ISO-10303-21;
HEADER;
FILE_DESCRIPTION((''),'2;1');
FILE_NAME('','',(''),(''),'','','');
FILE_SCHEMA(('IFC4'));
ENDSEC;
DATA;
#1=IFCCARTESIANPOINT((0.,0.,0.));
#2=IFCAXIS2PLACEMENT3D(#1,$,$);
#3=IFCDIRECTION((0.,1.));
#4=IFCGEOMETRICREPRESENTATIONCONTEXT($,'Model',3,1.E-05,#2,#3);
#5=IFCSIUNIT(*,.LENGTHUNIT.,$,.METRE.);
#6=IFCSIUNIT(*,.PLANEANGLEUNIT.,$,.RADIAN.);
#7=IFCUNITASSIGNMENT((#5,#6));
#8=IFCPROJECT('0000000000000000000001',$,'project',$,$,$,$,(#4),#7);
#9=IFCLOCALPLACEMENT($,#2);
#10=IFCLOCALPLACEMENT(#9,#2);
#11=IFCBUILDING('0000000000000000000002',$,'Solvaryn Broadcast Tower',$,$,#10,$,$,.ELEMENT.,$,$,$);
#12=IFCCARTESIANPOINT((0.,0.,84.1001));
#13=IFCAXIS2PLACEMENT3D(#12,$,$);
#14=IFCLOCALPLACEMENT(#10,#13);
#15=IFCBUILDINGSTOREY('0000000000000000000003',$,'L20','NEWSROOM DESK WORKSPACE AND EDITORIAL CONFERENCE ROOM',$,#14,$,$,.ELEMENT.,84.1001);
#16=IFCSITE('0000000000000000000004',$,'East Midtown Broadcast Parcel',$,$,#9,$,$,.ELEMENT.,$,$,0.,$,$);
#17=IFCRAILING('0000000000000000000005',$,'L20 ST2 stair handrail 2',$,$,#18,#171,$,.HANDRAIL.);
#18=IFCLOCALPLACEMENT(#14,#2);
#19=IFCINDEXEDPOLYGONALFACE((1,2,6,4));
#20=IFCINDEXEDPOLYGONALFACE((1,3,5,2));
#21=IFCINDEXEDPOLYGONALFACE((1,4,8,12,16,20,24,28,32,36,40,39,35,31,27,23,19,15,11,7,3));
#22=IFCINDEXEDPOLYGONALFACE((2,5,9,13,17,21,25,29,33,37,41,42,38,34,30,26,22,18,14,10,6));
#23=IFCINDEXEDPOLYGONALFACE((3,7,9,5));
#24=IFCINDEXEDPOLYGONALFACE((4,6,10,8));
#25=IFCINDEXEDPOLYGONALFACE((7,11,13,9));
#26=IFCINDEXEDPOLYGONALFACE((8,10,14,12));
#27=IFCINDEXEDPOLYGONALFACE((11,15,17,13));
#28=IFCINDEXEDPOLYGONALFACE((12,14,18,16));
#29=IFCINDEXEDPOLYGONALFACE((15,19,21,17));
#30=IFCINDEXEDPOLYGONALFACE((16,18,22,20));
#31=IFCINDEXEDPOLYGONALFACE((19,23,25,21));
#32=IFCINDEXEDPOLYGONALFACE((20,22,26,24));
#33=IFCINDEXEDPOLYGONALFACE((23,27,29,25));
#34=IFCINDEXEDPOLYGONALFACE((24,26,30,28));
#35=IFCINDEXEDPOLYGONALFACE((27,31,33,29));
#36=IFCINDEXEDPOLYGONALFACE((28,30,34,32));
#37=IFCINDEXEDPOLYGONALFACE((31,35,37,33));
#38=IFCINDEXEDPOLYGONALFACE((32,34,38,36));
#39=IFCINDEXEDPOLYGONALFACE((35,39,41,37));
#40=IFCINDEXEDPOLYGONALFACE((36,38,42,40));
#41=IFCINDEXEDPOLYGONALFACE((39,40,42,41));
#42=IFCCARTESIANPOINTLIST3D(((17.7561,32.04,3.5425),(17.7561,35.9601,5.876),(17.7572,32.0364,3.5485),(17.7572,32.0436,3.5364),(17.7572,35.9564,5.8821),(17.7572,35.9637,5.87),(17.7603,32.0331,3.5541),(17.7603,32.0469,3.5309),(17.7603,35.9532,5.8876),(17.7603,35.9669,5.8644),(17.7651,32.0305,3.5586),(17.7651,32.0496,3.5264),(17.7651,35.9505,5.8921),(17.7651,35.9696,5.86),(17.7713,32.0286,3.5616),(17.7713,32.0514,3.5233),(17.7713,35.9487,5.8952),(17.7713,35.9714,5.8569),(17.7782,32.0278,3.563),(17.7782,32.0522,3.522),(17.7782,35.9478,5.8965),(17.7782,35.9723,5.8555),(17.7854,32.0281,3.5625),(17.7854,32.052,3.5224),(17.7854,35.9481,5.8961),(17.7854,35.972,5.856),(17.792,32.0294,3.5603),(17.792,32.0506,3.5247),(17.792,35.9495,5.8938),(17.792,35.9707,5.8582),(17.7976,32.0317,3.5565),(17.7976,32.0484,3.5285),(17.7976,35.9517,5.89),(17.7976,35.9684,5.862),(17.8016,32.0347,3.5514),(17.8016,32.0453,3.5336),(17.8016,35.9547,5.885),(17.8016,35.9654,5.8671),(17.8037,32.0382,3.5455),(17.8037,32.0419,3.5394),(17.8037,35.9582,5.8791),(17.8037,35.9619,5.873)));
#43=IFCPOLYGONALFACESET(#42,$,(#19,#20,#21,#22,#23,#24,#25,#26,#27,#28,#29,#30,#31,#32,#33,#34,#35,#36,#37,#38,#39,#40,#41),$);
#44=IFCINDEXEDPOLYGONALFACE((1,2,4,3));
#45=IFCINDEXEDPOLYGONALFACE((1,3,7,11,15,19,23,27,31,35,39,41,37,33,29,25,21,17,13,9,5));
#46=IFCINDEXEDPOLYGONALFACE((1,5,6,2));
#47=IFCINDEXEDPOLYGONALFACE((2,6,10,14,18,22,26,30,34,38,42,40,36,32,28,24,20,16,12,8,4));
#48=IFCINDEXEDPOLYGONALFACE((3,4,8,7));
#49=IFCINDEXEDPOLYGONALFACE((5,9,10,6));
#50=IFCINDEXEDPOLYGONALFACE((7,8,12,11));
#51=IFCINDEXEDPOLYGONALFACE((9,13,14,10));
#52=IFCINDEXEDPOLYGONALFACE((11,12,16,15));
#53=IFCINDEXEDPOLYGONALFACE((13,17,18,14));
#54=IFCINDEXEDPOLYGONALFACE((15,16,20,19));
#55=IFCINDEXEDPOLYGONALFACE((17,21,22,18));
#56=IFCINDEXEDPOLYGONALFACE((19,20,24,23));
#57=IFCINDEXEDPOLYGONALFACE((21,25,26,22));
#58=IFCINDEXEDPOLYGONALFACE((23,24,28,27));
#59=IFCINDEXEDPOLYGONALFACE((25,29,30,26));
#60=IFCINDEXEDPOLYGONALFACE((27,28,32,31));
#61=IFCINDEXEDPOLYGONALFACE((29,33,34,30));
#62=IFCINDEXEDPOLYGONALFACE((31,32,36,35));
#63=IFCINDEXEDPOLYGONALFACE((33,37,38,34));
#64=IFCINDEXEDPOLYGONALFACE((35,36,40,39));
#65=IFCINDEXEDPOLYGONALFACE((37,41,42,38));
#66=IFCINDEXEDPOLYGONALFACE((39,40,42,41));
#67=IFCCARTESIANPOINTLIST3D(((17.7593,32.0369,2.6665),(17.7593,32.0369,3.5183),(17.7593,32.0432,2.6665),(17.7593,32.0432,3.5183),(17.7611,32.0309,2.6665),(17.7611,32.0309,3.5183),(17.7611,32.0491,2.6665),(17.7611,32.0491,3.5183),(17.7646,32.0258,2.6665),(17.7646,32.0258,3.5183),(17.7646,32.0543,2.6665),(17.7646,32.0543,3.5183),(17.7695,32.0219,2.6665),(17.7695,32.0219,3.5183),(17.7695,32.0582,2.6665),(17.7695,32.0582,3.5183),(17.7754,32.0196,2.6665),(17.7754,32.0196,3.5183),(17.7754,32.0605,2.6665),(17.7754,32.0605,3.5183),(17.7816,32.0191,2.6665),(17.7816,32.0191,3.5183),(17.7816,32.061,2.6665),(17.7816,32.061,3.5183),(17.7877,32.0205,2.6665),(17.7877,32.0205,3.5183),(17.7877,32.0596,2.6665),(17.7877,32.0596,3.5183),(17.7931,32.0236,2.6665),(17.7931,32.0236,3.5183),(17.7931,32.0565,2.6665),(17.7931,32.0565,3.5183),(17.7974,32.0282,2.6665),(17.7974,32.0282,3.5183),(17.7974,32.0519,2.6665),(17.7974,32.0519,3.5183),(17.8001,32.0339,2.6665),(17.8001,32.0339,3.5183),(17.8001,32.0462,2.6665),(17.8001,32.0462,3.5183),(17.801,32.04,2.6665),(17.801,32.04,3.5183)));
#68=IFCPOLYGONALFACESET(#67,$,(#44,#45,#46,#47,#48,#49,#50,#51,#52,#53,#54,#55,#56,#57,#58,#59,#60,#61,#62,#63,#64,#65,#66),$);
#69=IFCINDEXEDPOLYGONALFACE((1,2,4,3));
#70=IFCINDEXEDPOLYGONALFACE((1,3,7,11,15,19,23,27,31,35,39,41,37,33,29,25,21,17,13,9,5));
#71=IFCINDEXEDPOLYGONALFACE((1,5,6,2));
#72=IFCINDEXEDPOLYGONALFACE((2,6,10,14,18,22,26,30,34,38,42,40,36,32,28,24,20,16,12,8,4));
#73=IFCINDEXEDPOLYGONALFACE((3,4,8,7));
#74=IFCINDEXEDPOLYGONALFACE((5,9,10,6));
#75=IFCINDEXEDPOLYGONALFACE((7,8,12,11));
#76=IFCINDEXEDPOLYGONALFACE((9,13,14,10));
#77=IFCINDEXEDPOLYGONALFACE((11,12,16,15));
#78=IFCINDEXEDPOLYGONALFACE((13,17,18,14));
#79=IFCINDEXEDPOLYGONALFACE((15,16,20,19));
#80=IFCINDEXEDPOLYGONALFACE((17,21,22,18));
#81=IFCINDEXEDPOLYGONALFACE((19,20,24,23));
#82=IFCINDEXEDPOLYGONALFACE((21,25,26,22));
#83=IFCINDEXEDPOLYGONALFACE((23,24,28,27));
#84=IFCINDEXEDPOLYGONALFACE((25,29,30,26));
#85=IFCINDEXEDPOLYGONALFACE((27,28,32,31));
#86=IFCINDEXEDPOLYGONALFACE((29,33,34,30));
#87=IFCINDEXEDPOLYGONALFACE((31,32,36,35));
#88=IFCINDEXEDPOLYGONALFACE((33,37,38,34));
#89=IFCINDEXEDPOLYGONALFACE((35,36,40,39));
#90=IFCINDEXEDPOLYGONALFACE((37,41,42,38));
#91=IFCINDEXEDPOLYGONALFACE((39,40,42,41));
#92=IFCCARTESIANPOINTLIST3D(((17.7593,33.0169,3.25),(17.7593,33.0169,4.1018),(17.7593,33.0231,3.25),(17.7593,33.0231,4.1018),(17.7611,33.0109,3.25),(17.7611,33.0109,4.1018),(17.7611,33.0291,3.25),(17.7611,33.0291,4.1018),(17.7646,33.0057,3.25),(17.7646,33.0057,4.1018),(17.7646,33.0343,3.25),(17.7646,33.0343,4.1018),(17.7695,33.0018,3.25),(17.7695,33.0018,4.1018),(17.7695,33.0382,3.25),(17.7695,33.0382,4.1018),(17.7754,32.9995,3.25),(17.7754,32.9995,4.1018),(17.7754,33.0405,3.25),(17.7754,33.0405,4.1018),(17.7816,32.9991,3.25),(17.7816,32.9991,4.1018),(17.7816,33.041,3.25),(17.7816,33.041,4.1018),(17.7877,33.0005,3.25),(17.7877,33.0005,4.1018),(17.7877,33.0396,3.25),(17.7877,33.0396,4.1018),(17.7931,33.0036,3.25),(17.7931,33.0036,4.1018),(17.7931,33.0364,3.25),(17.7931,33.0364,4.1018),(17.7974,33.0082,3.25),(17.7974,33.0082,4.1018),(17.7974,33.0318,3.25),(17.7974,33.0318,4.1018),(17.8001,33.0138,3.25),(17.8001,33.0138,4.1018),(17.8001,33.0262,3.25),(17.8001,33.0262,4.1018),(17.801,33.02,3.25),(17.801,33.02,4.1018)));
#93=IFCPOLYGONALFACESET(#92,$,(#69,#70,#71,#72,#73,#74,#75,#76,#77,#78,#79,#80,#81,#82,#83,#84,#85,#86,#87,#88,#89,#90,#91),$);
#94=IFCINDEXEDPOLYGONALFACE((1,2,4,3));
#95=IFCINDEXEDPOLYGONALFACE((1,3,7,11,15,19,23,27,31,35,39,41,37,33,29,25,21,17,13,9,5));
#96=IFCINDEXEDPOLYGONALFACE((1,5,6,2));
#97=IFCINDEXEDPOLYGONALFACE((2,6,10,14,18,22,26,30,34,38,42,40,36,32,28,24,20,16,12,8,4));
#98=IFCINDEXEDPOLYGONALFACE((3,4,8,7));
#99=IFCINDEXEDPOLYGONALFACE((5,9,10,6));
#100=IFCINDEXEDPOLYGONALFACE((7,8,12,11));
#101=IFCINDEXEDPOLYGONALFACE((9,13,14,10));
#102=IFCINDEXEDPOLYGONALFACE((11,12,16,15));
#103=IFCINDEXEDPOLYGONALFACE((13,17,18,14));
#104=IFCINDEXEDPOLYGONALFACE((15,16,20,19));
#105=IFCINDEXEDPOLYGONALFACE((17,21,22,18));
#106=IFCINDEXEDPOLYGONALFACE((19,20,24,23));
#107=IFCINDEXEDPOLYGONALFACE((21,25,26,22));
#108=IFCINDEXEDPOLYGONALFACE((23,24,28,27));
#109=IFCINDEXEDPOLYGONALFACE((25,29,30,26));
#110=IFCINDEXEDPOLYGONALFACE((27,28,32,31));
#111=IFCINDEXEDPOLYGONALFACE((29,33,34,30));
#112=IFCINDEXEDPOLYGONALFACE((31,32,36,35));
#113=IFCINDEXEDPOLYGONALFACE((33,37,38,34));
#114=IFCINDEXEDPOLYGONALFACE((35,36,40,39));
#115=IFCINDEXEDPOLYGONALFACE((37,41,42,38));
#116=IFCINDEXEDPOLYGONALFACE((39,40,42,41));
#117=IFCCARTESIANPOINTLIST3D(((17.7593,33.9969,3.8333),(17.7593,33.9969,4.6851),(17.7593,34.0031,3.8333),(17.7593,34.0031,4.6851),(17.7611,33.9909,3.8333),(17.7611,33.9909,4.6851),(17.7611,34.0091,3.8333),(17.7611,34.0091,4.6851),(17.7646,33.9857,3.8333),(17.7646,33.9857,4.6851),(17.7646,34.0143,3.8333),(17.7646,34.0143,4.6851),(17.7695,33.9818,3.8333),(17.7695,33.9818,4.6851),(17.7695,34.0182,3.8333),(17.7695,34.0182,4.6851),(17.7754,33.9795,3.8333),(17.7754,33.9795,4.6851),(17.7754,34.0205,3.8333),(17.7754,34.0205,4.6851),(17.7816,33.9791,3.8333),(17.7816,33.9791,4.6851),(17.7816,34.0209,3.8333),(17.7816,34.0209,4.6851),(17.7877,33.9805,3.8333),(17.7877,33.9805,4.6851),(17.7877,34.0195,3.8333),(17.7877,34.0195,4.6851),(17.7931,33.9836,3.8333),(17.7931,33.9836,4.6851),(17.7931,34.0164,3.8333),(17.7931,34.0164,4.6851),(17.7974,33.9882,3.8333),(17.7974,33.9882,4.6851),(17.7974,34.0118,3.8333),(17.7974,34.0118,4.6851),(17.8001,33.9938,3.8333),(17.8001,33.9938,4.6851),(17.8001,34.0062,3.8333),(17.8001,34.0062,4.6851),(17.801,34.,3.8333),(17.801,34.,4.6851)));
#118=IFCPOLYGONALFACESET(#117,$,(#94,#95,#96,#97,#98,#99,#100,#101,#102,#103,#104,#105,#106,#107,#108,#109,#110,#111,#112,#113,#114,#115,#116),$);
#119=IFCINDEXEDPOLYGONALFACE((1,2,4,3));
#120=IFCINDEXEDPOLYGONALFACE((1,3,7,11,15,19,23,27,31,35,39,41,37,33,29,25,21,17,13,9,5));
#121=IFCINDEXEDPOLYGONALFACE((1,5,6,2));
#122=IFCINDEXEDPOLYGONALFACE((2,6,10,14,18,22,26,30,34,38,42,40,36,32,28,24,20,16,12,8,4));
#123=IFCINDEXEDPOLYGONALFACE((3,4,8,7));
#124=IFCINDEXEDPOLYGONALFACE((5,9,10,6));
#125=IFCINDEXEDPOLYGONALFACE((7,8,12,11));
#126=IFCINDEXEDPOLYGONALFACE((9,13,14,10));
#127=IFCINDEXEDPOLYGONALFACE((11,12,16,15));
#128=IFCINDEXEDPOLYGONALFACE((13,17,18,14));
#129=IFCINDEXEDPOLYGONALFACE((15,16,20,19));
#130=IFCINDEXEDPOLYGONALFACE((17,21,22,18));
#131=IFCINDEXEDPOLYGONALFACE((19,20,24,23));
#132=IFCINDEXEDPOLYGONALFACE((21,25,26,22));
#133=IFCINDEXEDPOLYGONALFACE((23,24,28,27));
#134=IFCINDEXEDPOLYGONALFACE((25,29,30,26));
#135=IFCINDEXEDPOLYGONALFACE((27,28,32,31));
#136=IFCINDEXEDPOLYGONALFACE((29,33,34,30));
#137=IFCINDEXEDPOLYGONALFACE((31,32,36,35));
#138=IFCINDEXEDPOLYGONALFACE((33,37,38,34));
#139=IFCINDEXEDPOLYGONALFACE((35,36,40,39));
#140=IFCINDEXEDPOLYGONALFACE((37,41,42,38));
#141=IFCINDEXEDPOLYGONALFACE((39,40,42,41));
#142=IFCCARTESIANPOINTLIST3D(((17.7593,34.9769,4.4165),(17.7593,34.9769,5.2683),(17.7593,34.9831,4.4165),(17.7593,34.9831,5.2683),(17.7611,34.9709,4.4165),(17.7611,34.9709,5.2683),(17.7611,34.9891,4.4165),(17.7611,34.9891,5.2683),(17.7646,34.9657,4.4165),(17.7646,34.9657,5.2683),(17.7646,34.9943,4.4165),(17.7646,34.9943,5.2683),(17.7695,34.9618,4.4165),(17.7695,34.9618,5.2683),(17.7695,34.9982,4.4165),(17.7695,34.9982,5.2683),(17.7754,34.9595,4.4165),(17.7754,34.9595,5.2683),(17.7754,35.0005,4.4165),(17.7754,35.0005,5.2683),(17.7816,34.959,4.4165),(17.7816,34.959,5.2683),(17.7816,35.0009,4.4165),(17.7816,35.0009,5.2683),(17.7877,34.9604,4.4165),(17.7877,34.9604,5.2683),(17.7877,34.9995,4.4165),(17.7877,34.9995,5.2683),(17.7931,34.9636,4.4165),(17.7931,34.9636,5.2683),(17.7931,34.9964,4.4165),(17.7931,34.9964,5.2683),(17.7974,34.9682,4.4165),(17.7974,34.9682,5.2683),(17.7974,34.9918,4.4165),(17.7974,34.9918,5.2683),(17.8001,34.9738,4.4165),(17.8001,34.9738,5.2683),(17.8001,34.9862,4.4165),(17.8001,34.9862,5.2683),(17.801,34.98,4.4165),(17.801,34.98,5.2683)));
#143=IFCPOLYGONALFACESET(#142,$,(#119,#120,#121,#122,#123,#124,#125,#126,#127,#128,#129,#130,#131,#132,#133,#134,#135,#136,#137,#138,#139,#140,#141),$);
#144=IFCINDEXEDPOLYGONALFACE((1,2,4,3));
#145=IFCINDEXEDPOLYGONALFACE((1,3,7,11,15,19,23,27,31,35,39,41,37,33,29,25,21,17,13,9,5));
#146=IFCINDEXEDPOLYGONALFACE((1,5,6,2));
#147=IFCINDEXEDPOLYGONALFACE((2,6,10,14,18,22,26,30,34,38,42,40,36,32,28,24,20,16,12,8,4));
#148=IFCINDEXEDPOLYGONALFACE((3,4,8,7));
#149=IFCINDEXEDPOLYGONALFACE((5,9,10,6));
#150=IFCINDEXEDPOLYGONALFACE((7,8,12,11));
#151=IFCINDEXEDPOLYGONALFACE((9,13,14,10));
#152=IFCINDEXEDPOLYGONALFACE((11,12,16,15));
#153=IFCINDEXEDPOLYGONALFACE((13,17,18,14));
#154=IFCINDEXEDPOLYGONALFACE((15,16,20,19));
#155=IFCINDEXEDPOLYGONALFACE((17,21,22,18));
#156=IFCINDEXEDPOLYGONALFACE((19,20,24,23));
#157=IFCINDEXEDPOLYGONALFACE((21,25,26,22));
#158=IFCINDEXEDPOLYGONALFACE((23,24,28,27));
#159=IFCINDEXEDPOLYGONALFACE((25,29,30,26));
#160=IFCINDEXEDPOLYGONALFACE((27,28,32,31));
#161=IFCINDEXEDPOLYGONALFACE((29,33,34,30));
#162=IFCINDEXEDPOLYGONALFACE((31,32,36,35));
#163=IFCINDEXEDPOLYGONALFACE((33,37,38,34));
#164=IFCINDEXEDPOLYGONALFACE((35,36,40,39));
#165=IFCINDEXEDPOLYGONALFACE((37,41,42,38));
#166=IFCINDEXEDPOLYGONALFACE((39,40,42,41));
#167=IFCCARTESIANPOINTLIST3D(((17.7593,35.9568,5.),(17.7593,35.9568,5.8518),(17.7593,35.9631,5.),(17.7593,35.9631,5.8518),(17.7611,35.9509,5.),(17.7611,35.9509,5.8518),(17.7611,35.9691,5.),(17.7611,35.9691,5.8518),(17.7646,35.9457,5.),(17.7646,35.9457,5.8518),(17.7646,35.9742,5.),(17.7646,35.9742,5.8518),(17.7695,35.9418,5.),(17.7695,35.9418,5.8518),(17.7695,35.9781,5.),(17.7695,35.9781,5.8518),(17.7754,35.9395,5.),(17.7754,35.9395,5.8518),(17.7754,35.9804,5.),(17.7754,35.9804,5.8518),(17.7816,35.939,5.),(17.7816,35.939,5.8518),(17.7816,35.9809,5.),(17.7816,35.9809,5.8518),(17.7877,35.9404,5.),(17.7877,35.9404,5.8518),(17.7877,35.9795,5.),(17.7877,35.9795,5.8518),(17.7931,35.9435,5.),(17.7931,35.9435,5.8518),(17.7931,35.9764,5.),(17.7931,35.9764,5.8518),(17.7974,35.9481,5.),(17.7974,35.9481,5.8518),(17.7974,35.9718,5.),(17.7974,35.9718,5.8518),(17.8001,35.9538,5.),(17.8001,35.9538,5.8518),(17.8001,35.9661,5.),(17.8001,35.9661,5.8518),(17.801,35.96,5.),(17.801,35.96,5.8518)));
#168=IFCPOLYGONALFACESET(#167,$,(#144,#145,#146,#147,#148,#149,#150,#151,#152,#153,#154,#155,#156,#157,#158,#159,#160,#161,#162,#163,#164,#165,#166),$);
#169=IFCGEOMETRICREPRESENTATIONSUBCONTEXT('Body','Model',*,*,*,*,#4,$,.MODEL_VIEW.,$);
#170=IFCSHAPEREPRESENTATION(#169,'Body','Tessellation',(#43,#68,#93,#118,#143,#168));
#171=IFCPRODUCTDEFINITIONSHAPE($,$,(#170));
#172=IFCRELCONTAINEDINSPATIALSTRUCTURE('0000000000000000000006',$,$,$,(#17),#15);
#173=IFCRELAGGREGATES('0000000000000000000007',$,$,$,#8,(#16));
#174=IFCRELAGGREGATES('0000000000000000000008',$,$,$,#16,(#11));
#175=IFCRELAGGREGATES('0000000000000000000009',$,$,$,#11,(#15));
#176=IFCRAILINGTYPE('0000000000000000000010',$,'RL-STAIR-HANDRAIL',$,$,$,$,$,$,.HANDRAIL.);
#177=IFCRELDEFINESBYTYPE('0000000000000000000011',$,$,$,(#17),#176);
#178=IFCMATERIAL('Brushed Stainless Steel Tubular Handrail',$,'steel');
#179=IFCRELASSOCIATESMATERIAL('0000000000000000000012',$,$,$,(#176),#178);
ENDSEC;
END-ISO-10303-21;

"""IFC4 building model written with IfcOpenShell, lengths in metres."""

from ifc_helpers import new_model, si_unit, direction, frame, origin, origin_2d, place, context, subcontext, project, spatial, circle, extrude, material, type_object, element, save


model = new_model("IFC4")

# Units and contexts
model_context = context("Model", 3, precision=1e-05, world=origin(), true_north=direction((0.0, 1.0)))
body_context = subcontext(model_context, "Body", "Model", "MODEL_VIEW")
ifc_project = project(units=[si_unit("LENGTHUNIT", "METRE"), si_unit("PLANEANGLEUNIT", "RADIAN")], contexts=[model_context])

# Site, building, storey
site_placement = place(None, origin())
site = spatial("IfcSite", under=ifc_project, at=site_placement, Name="East Midtown Broadcast Parcel", CompositionType="ELEMENT", RefElevation=0.0)
building_placement = place(site_placement, origin())
building = spatial("IfcBuilding", under=site, at=building_placement, Name="Solvaryn Broadcast Tower", CompositionType="ELEMENT")
storey_placement = place(building_placement, frame((0.0, 0.0, 84.1001)))
storey = spatial("IfcBuildingStorey", under=building, at=storey_placement, Name="L20", Description="NEWSROOM DESK WORKSPACE AND EDITORIAL CONFERENCE ROOM", CompositionType="ELEMENT", Elevation=84.1001)

# Railing
ifc_material_1 = material(Name="Brushed Stainless Steel Tubular Handrail", Category="steel")
railing_type_1 = type_object("IfcRailingType", Name="RL-STAIR-HANDRAIL", PredefinedType="HANDRAIL", material=ifc_material_1)
railing_1_placement = place(storey_placement, frame((17.78, 32.04, 2.6665)))
element("IfcRailing", 1, at=railing_1_placement, inside=storey, type_object=railing_type_1, Name="L20 ST2 stair handrail 2", PredefinedType="HANDRAIL", context=body_context, shape_type="SweptSolid", body=[
    extrude(circle(Radius=0.0239, at=origin_2d()), frame((0.0, 0.0, 0.876), z_axis=(0.0, 0.859273, 0.511518), x_axis=(-1.0, 0.0, 0.0)), (0.0, 0.0, 1.0), 4.562),
    extrude(circle(Radius=0.021, at=origin_2d()), origin(), (0.0, 0.0, 1.0), 0.8518),
    extrude(circle(Radius=0.021, at=origin_2d()), frame((0.0, 0.98, 0.5835)), (0.0, 0.0, 1.0), 0.8518),
    extrude(circle(Radius=0.021, at=origin_2d()), frame((0.0, 1.96, 1.1667)), (0.0, 0.0, 1.0), 0.8518),
    extrude(circle(Radius=0.021, at=origin_2d()), frame((0.0, 2.9399, 1.75)), (0.0, 0.0, 1.0), 0.8518),
    extrude(circle(Radius=0.021, at=origin_2d()), frame((0.0, 3.9199, 2.3335)), (0.0, 0.0, 1.0), 0.8518),
])

save(model, "model.ifc")
